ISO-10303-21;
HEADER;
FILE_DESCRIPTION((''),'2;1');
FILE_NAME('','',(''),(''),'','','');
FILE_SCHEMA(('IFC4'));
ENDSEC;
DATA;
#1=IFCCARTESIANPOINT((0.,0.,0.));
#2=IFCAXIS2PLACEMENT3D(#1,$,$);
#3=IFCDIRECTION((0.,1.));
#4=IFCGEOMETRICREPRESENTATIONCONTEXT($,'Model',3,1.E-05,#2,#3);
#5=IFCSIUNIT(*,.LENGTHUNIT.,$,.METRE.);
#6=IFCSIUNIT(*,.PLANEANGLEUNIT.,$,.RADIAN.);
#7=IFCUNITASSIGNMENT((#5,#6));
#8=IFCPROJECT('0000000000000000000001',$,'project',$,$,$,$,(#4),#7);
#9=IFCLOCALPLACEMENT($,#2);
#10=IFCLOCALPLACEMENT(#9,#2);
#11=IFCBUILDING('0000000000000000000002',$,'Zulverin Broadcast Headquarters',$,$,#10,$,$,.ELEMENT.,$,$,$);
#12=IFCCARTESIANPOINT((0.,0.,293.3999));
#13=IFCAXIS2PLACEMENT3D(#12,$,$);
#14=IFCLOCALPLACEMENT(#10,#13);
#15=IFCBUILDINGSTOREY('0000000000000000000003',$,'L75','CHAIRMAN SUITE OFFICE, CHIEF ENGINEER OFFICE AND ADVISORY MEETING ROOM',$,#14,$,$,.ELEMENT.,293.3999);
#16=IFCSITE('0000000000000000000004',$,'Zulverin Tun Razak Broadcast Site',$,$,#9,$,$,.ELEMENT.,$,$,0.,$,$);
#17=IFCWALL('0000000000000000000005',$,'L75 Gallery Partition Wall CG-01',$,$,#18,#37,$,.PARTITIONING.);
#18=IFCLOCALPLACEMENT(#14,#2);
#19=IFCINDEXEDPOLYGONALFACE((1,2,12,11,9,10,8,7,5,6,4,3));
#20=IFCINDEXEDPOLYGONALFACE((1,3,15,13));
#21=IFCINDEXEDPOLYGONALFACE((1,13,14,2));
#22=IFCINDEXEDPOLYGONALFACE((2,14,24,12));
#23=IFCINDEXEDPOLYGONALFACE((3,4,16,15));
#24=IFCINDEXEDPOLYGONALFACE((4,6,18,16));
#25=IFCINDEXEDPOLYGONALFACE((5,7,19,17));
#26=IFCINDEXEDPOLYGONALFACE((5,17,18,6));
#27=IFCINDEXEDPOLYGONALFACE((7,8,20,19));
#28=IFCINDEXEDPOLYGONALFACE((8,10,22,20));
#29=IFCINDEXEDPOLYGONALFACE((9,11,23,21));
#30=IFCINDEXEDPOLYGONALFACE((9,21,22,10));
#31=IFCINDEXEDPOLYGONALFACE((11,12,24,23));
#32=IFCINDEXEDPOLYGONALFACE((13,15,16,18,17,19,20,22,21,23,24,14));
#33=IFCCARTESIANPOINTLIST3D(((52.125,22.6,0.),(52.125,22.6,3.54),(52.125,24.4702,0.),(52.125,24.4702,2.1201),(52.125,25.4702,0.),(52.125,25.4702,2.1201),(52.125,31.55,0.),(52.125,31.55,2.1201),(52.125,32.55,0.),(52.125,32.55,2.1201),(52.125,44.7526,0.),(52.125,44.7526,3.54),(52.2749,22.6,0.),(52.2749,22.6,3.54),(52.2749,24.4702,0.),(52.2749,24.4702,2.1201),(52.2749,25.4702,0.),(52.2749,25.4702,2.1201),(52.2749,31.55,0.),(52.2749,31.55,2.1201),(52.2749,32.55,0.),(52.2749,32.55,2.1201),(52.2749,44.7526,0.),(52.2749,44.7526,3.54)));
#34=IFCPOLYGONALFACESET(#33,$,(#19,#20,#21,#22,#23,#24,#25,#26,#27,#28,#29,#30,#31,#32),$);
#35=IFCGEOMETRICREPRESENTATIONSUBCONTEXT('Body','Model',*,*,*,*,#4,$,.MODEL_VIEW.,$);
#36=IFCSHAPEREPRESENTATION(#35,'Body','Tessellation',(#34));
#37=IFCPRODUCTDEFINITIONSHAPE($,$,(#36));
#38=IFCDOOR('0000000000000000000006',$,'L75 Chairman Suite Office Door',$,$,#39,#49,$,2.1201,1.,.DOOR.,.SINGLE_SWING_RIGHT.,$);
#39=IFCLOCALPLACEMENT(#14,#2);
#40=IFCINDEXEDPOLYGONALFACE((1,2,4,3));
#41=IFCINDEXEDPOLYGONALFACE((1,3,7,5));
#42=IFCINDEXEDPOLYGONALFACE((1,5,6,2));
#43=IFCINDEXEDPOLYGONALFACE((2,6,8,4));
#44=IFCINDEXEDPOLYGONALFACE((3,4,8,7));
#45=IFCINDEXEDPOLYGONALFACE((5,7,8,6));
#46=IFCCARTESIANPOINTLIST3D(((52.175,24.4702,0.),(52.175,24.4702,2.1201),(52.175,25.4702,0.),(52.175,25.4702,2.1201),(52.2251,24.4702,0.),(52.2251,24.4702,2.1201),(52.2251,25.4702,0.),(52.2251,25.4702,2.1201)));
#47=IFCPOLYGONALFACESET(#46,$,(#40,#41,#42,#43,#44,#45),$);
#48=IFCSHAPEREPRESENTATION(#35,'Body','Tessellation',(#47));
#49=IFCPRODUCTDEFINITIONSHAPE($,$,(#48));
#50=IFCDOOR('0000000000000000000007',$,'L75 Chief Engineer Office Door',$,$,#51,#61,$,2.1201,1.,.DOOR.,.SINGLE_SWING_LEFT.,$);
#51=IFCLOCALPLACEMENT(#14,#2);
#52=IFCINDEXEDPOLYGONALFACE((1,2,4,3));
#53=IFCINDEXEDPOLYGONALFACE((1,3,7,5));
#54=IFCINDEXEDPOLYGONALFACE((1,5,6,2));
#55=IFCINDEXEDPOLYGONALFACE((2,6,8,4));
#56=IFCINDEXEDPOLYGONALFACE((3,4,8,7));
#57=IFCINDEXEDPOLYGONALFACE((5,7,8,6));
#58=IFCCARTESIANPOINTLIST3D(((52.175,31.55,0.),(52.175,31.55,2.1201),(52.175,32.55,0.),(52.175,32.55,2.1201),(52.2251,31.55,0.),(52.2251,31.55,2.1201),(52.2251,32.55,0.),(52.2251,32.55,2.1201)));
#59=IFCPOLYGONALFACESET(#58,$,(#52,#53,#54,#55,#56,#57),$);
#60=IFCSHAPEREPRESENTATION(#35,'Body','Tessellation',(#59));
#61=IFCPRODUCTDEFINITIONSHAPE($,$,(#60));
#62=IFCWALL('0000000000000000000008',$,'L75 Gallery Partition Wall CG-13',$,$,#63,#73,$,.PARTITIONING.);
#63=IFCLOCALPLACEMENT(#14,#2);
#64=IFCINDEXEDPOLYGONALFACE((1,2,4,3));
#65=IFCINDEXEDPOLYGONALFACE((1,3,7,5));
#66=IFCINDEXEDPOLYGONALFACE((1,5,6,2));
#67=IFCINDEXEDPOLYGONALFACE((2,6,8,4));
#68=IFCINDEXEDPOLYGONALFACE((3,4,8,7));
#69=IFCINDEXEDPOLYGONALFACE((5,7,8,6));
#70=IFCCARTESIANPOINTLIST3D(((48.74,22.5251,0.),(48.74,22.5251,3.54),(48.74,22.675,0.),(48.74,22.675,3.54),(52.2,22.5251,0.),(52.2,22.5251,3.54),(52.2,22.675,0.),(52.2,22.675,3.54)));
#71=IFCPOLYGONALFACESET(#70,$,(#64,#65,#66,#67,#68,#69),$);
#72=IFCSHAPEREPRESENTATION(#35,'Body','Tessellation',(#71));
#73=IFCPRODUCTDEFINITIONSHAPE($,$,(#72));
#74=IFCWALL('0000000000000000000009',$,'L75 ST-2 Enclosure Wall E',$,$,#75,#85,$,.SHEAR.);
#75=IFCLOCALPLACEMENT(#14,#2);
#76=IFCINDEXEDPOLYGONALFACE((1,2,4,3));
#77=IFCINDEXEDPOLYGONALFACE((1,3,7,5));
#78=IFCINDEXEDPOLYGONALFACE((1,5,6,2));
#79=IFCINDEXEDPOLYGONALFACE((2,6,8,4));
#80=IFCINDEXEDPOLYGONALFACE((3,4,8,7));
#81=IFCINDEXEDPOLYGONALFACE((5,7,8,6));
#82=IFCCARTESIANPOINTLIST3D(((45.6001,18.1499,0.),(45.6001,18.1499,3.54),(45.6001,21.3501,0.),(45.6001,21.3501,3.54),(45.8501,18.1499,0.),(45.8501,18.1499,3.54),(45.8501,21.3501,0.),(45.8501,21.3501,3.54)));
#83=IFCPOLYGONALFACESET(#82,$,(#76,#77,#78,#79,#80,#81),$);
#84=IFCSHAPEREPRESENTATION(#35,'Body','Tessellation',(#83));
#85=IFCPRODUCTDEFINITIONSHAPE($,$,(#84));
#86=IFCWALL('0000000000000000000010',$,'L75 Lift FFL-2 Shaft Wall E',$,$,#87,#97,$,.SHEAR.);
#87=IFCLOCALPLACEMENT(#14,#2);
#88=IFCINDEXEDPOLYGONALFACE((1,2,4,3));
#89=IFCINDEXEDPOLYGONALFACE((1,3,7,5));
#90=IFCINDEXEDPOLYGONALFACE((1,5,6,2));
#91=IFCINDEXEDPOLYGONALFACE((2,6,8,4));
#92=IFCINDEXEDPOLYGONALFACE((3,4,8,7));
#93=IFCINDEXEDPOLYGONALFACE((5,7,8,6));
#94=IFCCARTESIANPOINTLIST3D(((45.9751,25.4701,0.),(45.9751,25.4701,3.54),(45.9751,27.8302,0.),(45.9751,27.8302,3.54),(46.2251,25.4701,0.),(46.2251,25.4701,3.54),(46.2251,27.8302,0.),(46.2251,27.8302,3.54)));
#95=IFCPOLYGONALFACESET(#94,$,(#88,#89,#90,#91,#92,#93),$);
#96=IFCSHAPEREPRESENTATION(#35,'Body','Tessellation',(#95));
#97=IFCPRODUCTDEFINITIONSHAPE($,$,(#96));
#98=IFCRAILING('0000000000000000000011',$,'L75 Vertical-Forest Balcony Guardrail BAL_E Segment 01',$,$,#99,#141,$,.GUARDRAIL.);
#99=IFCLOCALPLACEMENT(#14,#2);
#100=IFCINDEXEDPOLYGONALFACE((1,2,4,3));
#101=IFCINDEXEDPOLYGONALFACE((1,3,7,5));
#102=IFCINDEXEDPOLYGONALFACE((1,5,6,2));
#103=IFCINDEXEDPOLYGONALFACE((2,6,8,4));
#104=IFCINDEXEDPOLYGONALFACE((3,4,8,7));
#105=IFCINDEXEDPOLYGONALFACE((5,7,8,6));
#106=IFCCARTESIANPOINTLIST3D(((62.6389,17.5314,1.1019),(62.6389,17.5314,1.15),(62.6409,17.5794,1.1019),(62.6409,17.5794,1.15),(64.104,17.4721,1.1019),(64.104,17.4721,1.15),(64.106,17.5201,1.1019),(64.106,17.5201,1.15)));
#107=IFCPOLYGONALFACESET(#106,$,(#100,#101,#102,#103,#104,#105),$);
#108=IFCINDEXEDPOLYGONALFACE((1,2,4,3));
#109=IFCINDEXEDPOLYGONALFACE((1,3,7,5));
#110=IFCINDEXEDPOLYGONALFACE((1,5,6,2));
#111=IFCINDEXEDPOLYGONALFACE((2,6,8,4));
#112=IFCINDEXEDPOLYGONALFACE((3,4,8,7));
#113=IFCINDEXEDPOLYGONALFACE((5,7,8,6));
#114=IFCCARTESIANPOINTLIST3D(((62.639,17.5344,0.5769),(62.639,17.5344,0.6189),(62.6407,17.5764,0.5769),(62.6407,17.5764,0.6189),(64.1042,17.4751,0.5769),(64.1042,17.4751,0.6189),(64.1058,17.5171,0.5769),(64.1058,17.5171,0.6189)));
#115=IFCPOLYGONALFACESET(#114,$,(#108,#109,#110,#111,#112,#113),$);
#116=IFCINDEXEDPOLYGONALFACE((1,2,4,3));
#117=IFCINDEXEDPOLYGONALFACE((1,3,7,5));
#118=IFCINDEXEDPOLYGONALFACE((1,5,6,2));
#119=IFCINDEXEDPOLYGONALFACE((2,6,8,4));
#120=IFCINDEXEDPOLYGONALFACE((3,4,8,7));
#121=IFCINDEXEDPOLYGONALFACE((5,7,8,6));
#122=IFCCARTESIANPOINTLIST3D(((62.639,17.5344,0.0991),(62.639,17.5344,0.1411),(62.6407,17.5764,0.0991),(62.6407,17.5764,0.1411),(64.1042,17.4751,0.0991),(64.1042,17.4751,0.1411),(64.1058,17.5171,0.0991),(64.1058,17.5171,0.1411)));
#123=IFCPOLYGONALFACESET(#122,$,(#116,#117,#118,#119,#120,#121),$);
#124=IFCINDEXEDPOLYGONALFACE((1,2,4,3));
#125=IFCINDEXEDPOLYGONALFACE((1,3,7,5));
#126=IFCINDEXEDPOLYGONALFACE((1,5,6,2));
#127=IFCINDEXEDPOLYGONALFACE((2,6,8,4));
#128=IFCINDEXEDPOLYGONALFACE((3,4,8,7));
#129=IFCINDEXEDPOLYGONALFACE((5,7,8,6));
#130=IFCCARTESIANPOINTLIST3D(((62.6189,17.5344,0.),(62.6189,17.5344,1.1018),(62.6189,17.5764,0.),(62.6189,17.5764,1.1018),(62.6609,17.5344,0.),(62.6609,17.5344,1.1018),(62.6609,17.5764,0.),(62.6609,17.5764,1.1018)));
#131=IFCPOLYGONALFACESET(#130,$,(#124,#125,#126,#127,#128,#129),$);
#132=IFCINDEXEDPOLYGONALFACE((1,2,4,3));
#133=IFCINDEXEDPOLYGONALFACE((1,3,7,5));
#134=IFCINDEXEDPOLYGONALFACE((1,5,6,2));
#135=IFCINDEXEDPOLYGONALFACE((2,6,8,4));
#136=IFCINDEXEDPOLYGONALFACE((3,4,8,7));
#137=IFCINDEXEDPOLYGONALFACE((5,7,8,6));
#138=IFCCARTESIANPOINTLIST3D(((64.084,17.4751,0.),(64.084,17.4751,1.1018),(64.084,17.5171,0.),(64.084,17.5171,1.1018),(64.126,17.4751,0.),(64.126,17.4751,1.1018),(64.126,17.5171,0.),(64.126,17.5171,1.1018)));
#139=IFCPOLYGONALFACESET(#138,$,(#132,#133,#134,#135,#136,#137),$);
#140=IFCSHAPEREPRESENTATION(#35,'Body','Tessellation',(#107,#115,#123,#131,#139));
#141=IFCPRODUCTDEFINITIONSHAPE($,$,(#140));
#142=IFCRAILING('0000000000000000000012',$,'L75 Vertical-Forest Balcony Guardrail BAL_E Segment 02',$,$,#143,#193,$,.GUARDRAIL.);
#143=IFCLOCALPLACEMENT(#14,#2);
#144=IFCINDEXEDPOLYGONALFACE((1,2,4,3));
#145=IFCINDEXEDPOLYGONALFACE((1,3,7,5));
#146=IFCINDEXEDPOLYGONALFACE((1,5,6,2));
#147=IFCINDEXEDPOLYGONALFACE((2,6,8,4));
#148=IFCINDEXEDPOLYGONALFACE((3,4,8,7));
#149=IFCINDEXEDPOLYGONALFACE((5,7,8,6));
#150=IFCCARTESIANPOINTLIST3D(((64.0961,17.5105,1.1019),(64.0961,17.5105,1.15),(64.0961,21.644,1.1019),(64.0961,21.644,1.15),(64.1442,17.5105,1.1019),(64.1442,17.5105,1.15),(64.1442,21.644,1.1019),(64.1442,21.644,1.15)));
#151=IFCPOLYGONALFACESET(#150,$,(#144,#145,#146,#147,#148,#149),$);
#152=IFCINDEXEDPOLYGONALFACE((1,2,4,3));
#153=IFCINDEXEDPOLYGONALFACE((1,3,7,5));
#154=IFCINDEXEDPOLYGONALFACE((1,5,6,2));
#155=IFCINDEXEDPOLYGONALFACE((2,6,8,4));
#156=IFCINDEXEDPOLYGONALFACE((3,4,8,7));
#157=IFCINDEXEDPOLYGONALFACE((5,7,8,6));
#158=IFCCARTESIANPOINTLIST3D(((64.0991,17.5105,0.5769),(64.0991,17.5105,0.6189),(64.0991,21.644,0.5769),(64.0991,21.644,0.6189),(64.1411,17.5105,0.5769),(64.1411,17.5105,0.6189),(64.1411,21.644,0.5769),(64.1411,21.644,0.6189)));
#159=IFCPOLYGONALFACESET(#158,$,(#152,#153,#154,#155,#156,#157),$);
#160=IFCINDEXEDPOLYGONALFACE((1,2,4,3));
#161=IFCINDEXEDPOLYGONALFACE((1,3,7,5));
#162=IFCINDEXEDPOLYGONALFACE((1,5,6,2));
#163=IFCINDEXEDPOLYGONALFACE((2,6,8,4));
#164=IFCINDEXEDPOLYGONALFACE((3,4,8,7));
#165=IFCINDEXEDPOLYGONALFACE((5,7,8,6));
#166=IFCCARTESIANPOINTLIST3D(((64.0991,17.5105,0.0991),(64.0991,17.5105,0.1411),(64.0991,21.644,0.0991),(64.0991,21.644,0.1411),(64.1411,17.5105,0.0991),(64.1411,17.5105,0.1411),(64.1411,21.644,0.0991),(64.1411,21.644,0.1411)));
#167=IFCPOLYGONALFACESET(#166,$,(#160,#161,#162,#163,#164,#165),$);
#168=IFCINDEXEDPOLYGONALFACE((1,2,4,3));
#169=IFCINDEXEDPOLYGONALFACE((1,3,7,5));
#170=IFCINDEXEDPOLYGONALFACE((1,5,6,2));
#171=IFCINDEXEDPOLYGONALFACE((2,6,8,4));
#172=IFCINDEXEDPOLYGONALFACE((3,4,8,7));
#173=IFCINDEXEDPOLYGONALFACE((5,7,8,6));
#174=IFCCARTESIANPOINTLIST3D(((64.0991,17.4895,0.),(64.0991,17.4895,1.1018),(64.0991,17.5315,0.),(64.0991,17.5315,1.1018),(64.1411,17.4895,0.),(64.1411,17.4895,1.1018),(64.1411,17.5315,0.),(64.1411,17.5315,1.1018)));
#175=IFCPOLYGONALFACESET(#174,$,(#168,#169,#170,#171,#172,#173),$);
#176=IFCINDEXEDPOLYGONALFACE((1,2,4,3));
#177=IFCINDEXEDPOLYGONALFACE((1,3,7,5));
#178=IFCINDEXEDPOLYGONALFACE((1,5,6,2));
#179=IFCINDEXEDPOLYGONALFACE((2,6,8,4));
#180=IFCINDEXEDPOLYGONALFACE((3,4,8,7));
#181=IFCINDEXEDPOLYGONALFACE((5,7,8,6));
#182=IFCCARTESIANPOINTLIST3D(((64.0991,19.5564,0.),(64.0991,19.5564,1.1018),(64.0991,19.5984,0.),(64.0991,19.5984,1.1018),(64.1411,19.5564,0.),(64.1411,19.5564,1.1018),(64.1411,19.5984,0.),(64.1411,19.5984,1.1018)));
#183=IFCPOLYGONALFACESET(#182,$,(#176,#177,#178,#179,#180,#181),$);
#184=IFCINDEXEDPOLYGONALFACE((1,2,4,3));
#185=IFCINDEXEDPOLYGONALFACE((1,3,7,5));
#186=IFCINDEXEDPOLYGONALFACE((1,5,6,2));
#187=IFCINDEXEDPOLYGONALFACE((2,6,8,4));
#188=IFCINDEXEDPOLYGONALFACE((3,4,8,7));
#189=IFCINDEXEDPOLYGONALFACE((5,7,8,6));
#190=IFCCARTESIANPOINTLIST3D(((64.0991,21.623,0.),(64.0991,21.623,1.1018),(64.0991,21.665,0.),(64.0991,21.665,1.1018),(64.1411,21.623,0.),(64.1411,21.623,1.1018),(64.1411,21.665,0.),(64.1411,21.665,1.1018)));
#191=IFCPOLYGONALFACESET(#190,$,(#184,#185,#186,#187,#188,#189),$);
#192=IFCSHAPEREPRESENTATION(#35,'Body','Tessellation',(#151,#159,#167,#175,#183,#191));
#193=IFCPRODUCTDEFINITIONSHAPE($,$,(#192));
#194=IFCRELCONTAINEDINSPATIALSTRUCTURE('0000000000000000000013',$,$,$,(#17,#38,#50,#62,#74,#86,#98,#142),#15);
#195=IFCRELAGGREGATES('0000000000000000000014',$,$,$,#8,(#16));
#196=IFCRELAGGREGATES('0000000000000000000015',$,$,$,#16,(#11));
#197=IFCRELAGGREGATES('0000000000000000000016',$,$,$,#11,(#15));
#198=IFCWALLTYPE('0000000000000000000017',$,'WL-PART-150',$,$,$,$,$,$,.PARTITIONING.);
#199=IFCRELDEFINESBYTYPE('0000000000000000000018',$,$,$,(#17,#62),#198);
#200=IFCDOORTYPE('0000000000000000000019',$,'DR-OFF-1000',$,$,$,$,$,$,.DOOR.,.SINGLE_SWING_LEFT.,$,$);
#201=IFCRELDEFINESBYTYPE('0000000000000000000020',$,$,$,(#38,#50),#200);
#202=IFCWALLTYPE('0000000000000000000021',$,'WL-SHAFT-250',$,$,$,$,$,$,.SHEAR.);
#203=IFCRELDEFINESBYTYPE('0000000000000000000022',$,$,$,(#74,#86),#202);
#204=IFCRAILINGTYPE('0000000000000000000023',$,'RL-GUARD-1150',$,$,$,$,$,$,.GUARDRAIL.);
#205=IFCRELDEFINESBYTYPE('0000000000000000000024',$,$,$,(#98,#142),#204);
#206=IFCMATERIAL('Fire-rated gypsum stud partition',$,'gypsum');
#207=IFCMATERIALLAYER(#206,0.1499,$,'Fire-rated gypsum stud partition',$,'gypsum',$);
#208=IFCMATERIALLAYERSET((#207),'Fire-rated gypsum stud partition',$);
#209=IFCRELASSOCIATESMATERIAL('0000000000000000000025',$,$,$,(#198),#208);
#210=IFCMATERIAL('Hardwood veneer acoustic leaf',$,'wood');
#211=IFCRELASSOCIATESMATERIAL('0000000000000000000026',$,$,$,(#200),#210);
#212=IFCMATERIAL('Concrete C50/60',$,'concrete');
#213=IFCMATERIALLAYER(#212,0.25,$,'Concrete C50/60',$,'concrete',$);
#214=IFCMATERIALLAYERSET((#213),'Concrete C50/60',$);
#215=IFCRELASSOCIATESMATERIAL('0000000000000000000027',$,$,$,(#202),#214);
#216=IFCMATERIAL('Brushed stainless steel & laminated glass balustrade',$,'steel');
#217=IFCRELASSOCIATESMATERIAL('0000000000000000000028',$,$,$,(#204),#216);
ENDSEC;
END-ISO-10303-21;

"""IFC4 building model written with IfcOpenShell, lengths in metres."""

from ifc_helpers import new_model, si_unit, direction, frame, frame_2d, origin, origin_2d, place, context, subcontext, project, spatial, rectangle, extrude, material, layer, layer_set, type_object, element, fill, save


model = new_model("IFC4")

# Units and contexts
model_context = context("Model", 3, precision=1e-05, world=origin(), true_north=direction((0.0, 1.0)))
body_context = subcontext(model_context, "Body", "Model", "MODEL_VIEW")
ifc_project = project(units=[si_unit("LENGTHUNIT", "METRE"), si_unit("PLANEANGLEUNIT", "RADIAN")], contexts=[model_context])

# Site, building, storey
site_placement = place(None, origin())
site = spatial("IfcSite", under=ifc_project, at=site_placement, Name="Zulverin Tun Razak Broadcast Site", CompositionType="ELEMENT", RefElevation=0.0)
building_placement = place(site_placement, origin())
building = spatial("IfcBuilding", under=site, at=building_placement, Name="Zulverin Broadcast Headquarters", CompositionType="ELEMENT")
storey_placement = place(building_placement, frame((0.0, 0.0, 293.3999)))
storey = spatial("IfcBuildingStorey", under=building, at=storey_placement, Name="L75", Description="CHAIRMAN SUITE OFFICE, CHIEF ENGINEER OFFICE AND ADVISORY MEETING ROOM", CompositionType="ELEMENT", Elevation=293.3999)

# Shared definitions
ifc_material_1 = material(Name="Concrete C50/60", Category="concrete")

# Wall, openings, doors
ifc_material_2 = material(Name="Fire-rated gypsum stud partition", Category="gypsum")
ifc_layer_1 = layer(ifc_material_2, 0.1499, Name="Fire-rated gypsum stud partition", Category="gypsum")
ifc_layer_set_1 = layer_set([ifc_layer_1], Name="Fire-rated gypsum stud partition")
wall_type_1 = type_object("IfcWallType", Name="WL-PART-150", PredefinedType="PARTITIONING", material=ifc_layer_set_1)
wall_1_placement = place(storey_placement, frame((52.2, 22.6001, 0.0), z_axis=(0.0, 0.0, 1.0), x_axis=(0.0, 1.0, 0.0)))
wall_1 = element("IfcWall", 1, at=wall_1_placement, inside=storey, type_object=wall_type_1, Name="L75 Gallery Partition Wall CG-01", PredefinedType="PARTITIONING", context=body_context, shape_type="SweptSolid", body=[
    extrude(rectangle(XDim=22.1526, YDim=0.1499, at=frame_2d((11.0762, 0.0))), origin(), (0.0, 0.0, 1.0), 3.54),
])
opening_1_placement = place(wall_1_placement, frame((1.8701, 0.0, 0.0)))
opening_1 = element("IfcOpeningElement", 2, at=opening_1_placement, cuts=wall_1, PredefinedType="OPENING", context=body_context, shape_type="SweptSolid", body=[
    extrude(rectangle(XDim=1.0, YDim=2.1201, at=frame_2d((0.5, 1.0601))), frame((0.0, 0.085, 0.0), z_axis=(0.0, -1.0, 0.0), x_axis=(1.0, 0.0, 0.0)), (0.0, 0.0, 1.0), 0.1699),
])
opening_2_placement = place(wall_1_placement, frame((8.95, 0.0, 0.0)))
opening_2 = element("IfcOpeningElement", 3, at=opening_2_placement, cuts=wall_1, PredefinedType="OPENING", context=body_context, shape_type="SweptSolid", body=[
    extrude(rectangle(XDim=1.0, YDim=2.1201, at=frame_2d((0.5, 1.0601))), frame((0.0, 0.085, 0.0), z_axis=(0.0, -1.0, 0.0), x_axis=(1.0, 0.0, 0.0)), (0.0, 0.0, 1.0), 0.1699),
])
ifc_material_3 = material(Name="Hardwood veneer acoustic leaf", Category="wood")
door_type_1 = type_object("IfcDoorType", Name="DR-OFF-1000", OperationType="SINGLE_SWING_LEFT", PredefinedType="DOOR", material=ifc_material_3)
door_1_placement = place(opening_1_placement, origin())
door_1 = element("IfcDoor", 4, at=door_1_placement, inside=storey, type_object=door_type_1, Name="L75 Chairman Suite Office Door", OperationType="SINGLE_SWING_RIGHT", OverallHeight=2.1201, OverallWidth=1.0, PredefinedType="DOOR", context=body_context, shape_type="SweptSolid", body=[
    extrude(rectangle(XDim=1.0, YDim=2.1201, at=frame_2d((0.5, 1.0601))), frame((0.0, 0.0249, 0.0), z_axis=(0.0, -1.0, 0.0), x_axis=(1.0, 0.0, 0.0)), (0.0, 0.0, 1.0), 0.05),
])
fill(opening_1, door_1)
door_2_placement = place(opening_2_placement, origin())
door_2 = element("IfcDoor", 5, at=door_2_placement, inside=storey, type_object=door_type_1, Name="L75 Chief Engineer Office Door", OperationType="SINGLE_SWING_LEFT", OverallHeight=2.1201, OverallWidth=1.0, PredefinedType="DOOR", context=body_context, shape_type="SweptSolid", body=[
    extrude(rectangle(XDim=1.0, YDim=2.1201, at=frame_2d((0.5, 1.0601))), frame((0.0, 0.0249, 0.0), z_axis=(0.0, -1.0, 0.0), x_axis=(1.0, 0.0, 0.0)), (0.0, 0.0, 1.0), 0.05),
])
fill(opening_2, door_2)

# Walls
wall_2_placement = place(storey_placement, frame((48.74, 22.6001, 0.0), z_axis=(0.0, 0.0, 1.0), x_axis=(1.0, 0.0, 0.0)))
element("IfcWall", 6, at=wall_2_placement, inside=storey, type_object=wall_type_1, Name="L75 Gallery Partition Wall CG-13", PredefinedType="PARTITIONING", context=body_context, shape_type="SweptSolid", body=[
    extrude(rectangle(XDim=3.46, YDim=0.1499, at=frame_2d((1.73, 0.0))), origin(), (0.0, 0.0, 1.0), 3.54),
])
ifc_layer_2 = layer(ifc_material_1, 0.25, Name="Concrete C50/60", Category="concrete")
ifc_layer_set_2 = layer_set([ifc_layer_2], Name="Concrete C50/60")
wall_type_2 = type_object("IfcWallType", Name="WL-SHAFT-250", PredefinedType="SHEAR", material=ifc_layer_set_2)
wall_3_placement = place(storey_placement, frame((45.7251, 18.1499, 0.0), z_axis=(0.0, 0.0, 1.0), x_axis=(0.0, 1.0, 0.0)))
element("IfcWall", 7, at=wall_3_placement, inside=storey, type_object=wall_type_2, Name="L75 ST-2 Enclosure Wall E", PredefinedType="SHEAR", context=body_context, shape_type="SweptSolid", body=[
    extrude(rectangle(XDim=3.2002, YDim=0.25, at=frame_2d((1.6001, 0.0))), origin(), (0.0, 0.0, 1.0), 3.54),
])
wall_4_placement = place(storey_placement, frame((46.1001, 25.47, 0.0), z_axis=(0.0, 0.0, 1.0), x_axis=(0.0, 1.0, 0.0)))
element("IfcWall", 8, at=wall_4_placement, inside=storey, type_object=wall_type_2, Name="L75 Lift FFL-2 Shaft Wall E", PredefinedType="SHEAR", context=body_context, shape_type="SweptSolid", body=[
    extrude(rectangle(XDim=2.3601, YDim=0.25, at=frame_2d((1.1802, 0.0))), origin(), (0.0, 0.0, 1.0), 3.54),
])

# Railings
ifc_material_4 = material(Name="Brushed stainless steel & laminated glass balustrade", Category="steel")
railing_type = type_object("IfcRailingType", Name="RL-GUARD-1150", PredefinedType="GUARDRAIL", material=ifc_material_4)
railing_1_placement = place(storey_placement, frame((62.6399, 17.5554, 0.0)))
element("IfcRailing", 9, at=railing_1_placement, inside=storey, type_object=railing_type, Name="L75 Vertical-Forest Balcony Guardrail BAL_E Segment 01", PredefinedType="GUARDRAIL", context=body_context, shape_type="SweptSolid", body=[
    extrude(rectangle(XDim=0.0481, YDim=0.0481, at=origin_2d()), frame((0.0, 0.0, 1.126), z_axis=(0.999181, -0.04046, 0.0), x_axis=(0.04046, 0.999181, 0.0)), (0.0, 0.0, 1.0), 1.4663),
    extrude(rectangle(XDim=0.042, YDim=0.042, at=origin_2d()), frame((0.0, 0.0, 0.5979), z_axis=(0.999181, -0.04046, 0.0), x_axis=(0.04046, 0.999181, 0.0)), (0.0, 0.0, 1.0), 1.4663),
    extrude(rectangle(XDim=0.042, YDim=0.042, at=origin_2d()), frame((0.0, 0.0, 0.1201), z_axis=(0.999181, -0.04046, 0.0), x_axis=(0.04046, 0.999181, 0.0)), (0.0, 0.0, 1.0), 1.4663),
    extrude(rectangle(XDim=0.042, YDim=0.042, at=origin_2d()), origin(), (0.0, 0.0, 1.0), 1.1018),
    extrude(rectangle(XDim=0.042, YDim=0.042, at=origin_2d()), frame((1.4651, -0.0593, 0.0)), (0.0, 0.0, 1.0), 1.1018),
])
railing_2_placement = place(storey_placement, frame((64.1201, 17.5105, 0.0)))
element("IfcRailing", 10, at=railing_2_placement, inside=storey, type_object=railing_type, Name="L75 Vertical-Forest Balcony Guardrail BAL_E Segment 02", PredefinedType="GUARDRAIL", context=body_context, shape_type="SweptSolid", body=[
    extrude(rectangle(XDim=0.0481, YDim=0.0481, at=origin_2d()), frame((0.0, 0.0, 1.126), z_axis=(0.0, 1.0, 0.0), x_axis=(-1.0, 0.0, 0.0)), (0.0, 0.0, 1.0), 4.1335),
    extrude(rectangle(XDim=0.042, YDim=0.042, at=origin_2d()), frame((0.0, 0.0, 0.5979), z_axis=(0.0, 1.0, 0.0), x_axis=(-1.0, 0.0, 0.0)), (0.0, 0.0, 1.0), 4.1335),
    extrude(rectangle(XDim=0.042, YDim=0.042, at=origin_2d()), frame((0.0, 0.0, 0.1201), z_axis=(0.0, 1.0, 0.0), x_axis=(-1.0, 0.0, 0.0)), (0.0, 0.0, 1.0), 4.1335),
    extrude(rectangle(XDim=0.042, YDim=0.042, at=origin_2d()), origin(), (0.0, 0.0, 1.0), 1.1018),
    extrude(rectangle(XDim=0.042, YDim=0.042, at=origin_2d()), frame((0.0, 2.0669, 0.0)), (0.0, 0.0, 1.0), 1.1018),
    extrude(rectangle(XDim=0.042, YDim=0.042, at=origin_2d()), frame((0.0, 4.1335, 0.0)), (0.0, 0.0, 1.0), 1.1018),
])

save(model, "model.ifc")
